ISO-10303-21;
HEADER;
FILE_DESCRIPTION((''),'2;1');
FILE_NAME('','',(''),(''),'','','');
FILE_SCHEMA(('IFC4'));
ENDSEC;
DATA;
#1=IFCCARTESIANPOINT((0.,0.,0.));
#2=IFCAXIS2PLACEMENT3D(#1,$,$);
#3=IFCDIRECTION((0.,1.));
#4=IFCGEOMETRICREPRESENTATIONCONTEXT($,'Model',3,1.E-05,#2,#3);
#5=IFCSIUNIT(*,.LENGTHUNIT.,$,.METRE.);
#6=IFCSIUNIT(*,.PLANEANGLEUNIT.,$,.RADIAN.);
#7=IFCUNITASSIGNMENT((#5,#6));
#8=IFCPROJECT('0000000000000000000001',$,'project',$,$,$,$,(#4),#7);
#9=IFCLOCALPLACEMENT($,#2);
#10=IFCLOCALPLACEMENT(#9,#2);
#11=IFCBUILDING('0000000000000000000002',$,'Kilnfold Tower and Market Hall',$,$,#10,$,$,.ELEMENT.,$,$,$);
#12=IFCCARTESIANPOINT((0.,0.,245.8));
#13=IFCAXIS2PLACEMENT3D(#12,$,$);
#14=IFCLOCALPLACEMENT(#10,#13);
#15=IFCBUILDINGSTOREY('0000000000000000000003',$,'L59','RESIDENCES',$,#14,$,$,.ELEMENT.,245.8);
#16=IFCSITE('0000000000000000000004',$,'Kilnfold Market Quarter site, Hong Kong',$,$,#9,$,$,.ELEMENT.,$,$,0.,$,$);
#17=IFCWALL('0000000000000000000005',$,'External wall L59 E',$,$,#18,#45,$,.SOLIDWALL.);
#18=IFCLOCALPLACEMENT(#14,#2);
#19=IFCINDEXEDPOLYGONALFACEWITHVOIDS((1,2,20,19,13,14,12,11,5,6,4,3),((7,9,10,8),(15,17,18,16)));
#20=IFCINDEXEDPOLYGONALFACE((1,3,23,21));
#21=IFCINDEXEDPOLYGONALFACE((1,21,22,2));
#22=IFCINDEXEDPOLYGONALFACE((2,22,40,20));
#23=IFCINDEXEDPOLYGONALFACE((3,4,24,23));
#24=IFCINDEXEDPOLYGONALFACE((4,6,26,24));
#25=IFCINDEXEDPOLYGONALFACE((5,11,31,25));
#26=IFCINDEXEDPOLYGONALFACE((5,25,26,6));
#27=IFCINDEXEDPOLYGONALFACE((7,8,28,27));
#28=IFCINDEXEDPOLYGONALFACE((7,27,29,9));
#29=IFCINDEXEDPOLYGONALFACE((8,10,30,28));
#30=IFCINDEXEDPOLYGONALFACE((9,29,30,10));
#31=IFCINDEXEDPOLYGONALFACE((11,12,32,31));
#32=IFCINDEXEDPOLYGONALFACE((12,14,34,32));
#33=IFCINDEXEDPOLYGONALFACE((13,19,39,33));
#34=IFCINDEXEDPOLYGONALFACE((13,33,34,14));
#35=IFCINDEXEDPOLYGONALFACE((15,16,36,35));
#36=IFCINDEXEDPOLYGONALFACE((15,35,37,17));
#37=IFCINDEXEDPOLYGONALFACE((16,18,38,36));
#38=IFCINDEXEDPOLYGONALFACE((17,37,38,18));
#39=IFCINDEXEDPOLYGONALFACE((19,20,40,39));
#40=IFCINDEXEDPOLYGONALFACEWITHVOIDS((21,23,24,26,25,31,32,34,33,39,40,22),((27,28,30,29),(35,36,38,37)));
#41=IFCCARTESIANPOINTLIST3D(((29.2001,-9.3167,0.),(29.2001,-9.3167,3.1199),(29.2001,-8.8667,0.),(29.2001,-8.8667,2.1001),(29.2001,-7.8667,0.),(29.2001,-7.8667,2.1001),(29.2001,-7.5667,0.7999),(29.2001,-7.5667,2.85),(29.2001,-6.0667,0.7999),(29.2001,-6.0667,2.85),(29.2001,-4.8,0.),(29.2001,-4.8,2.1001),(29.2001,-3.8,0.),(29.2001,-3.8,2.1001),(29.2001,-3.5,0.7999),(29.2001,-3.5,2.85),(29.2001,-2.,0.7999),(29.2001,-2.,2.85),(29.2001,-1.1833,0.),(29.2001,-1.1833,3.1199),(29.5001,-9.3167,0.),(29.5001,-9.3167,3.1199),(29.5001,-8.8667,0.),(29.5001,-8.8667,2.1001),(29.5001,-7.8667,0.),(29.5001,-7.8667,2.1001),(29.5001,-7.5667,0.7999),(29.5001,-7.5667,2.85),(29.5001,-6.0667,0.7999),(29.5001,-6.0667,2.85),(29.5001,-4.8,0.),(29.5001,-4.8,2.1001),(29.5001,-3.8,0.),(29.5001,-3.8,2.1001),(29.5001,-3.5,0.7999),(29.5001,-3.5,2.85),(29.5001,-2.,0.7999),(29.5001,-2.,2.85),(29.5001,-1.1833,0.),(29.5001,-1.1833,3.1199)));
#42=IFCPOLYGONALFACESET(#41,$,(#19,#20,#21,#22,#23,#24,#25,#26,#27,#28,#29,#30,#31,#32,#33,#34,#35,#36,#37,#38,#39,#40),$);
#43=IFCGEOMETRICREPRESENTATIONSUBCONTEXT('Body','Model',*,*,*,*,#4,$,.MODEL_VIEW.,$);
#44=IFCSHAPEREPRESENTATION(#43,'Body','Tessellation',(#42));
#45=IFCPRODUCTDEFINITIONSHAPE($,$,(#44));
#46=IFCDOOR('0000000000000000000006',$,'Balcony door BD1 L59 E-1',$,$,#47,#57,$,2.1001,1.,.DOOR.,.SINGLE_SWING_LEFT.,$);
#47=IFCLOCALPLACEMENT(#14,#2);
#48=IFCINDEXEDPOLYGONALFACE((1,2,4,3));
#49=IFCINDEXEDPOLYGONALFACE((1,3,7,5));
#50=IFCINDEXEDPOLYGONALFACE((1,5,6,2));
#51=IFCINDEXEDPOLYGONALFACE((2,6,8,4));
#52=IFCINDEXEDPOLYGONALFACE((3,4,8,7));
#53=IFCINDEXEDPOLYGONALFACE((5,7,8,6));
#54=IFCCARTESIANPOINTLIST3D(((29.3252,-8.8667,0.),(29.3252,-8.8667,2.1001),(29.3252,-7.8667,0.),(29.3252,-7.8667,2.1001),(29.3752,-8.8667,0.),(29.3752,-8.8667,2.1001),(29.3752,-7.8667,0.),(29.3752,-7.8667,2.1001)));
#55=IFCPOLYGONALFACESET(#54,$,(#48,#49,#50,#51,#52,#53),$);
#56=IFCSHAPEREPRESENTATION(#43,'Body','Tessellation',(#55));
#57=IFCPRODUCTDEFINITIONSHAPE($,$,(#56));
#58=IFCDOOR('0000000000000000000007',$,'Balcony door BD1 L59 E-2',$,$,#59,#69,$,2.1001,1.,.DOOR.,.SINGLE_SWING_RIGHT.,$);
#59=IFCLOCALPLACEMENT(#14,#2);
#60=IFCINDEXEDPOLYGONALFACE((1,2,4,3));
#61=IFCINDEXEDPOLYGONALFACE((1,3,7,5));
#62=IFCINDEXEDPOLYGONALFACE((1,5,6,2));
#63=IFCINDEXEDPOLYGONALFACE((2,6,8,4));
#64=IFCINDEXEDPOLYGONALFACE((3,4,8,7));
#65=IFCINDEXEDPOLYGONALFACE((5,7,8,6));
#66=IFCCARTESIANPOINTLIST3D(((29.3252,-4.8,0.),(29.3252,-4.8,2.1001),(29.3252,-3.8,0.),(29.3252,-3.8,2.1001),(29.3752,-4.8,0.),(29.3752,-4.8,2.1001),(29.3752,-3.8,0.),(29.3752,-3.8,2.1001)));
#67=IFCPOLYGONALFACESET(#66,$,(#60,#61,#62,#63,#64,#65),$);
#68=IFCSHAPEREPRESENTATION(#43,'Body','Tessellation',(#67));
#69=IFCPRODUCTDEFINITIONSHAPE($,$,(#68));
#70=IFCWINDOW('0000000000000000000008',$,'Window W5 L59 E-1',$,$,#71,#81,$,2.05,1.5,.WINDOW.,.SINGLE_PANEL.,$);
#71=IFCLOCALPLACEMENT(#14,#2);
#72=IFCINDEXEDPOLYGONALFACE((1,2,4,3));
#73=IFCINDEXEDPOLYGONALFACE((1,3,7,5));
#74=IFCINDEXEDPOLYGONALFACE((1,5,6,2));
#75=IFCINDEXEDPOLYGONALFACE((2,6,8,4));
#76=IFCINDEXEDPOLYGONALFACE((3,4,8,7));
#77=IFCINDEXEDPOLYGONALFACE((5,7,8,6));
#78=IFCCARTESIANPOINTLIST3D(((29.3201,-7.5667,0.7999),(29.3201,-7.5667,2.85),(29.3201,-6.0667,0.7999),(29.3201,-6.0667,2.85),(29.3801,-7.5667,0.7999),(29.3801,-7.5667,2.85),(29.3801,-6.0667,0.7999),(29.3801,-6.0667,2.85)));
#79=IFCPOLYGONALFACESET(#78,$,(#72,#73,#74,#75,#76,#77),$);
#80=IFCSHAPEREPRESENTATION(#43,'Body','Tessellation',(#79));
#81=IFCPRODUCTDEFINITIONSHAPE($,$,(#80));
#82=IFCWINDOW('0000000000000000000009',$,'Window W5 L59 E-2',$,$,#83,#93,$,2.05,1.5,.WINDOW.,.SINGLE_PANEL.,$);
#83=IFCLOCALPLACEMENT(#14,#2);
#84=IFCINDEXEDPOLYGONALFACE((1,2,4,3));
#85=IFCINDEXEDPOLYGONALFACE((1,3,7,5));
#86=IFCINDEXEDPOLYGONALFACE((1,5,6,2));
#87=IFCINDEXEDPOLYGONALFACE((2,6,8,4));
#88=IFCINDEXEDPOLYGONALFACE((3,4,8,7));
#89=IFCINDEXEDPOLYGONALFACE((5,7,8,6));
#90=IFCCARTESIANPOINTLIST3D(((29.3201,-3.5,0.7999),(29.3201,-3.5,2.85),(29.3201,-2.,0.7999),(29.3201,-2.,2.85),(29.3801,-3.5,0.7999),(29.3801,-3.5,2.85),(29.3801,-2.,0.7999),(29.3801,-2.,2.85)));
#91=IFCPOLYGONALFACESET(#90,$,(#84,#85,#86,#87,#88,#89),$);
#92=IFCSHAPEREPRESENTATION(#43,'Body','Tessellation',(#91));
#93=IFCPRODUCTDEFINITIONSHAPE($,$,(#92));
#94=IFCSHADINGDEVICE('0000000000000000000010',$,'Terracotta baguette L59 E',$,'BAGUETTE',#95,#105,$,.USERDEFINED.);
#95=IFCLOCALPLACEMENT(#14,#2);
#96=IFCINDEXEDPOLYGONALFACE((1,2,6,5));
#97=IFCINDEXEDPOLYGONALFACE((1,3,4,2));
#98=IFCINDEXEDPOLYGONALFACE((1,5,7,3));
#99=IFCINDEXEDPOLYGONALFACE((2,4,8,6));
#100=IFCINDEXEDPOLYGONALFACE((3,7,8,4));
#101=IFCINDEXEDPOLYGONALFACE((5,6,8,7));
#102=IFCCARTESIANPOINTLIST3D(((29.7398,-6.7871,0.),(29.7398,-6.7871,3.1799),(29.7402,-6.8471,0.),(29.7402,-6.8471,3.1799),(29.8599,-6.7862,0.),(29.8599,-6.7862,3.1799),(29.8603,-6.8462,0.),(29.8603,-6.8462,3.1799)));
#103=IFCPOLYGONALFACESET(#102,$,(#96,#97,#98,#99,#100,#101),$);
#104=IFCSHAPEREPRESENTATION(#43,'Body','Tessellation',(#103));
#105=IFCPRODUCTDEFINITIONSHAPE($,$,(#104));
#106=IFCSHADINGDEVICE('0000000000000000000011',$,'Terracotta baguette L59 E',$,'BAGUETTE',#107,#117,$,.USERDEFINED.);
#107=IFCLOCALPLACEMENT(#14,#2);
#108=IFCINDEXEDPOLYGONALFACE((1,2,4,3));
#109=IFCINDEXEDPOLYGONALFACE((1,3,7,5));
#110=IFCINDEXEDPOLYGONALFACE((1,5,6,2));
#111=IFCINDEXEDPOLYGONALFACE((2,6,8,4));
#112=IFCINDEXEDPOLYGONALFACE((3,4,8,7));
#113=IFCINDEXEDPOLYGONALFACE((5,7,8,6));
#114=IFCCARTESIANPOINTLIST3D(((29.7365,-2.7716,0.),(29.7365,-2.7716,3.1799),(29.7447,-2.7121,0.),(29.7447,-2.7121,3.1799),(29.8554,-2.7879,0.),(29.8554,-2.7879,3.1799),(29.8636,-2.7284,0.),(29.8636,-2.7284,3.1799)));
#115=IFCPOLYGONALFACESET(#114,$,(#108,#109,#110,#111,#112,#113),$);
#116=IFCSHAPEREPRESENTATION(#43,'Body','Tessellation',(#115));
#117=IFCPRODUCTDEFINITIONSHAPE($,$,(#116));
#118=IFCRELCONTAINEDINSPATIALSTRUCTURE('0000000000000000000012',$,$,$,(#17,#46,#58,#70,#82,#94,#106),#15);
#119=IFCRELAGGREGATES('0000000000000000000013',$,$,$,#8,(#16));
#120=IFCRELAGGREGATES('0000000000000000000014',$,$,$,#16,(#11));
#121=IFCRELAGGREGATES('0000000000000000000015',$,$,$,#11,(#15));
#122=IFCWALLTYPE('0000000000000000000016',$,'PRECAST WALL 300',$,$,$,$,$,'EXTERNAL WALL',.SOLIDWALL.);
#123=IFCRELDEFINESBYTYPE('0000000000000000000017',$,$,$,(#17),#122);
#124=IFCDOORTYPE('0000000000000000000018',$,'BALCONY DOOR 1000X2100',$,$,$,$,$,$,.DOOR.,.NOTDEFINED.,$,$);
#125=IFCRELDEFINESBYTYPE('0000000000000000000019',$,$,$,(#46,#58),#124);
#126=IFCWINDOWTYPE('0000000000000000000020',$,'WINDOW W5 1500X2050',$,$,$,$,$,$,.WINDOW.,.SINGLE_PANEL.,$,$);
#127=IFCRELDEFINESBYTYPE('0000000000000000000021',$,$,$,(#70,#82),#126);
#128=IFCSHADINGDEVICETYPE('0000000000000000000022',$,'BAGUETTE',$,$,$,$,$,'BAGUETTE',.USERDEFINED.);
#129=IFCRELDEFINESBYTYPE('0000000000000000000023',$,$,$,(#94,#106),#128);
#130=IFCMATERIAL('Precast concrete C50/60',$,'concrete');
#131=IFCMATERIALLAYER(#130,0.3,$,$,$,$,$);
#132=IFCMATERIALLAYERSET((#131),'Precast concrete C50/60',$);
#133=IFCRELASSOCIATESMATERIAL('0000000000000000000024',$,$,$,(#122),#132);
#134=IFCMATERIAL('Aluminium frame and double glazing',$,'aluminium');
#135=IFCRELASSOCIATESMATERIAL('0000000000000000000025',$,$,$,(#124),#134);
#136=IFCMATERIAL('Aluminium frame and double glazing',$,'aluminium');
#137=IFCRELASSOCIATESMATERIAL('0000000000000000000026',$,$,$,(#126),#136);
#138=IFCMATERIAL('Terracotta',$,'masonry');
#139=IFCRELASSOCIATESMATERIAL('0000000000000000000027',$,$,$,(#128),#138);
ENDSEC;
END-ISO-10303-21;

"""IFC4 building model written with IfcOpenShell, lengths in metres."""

from ifc_helpers import new_model, si_unit, direction, frame, frame_2d, origin, origin_2d, place, context, subcontext, project, spatial, rectangle, extrude, source, transform, mapped, material, layer, layer_set, material_profile, profile_set, type_object, element, fill, save


model = new_model("IFC4")

# Units and contexts
model_context = context("Model", 3, precision=1e-05, world=origin(), true_north=direction((0.0, 1.0)))
body_context = subcontext(model_context, "Body", "Model", "MODEL_VIEW")
ifc_project = project(units=[si_unit("LENGTHUNIT", "METRE"), si_unit("PLANEANGLEUNIT", "RADIAN")], contexts=[model_context])

# Site, building, storey
site_placement = place(None, origin())
site = spatial("IfcSite", under=ifc_project, at=site_placement, Name="Kilnfold Market Quarter site, Hong Kong", CompositionType="ELEMENT", RefElevation=0.0)
building_placement = place(site_placement, origin())
building = spatial("IfcBuilding", under=site, at=building_placement, Name="Kilnfold Tower and Market Hall", CompositionType="ELEMENT")
storey_placement = place(building_placement, frame((0.0, 0.0, 245.8)))
storey = spatial("IfcBuildingStorey", under=building, at=storey_placement, Name="L59", Description="RESIDENCES", CompositionType="ELEMENT", Elevation=245.8)

# Wall, openings, doors, windows
ifc_material_1 = material(Name="Precast concrete C50/60", Category="concrete")
ifc_layer_1 = layer(ifc_material_1, 0.3)
ifc_layer_set_1 = layer_set([ifc_layer_1], Name="Precast concrete C50/60")
wall_type_1 = type_object("IfcWallType", Name="PRECAST WALL 300", ElementType="EXTERNAL WALL", PredefinedType="SOLIDWALL", material=ifc_layer_set_1)
shared_shape_1 = source(origin(), body_context, "Body", "SweptSolid", [
    extrude(rectangle(XDim=8.1333, YDim=0.3, at=frame_2d((4.0667, 0.0))), origin(), (0.0, 0.0, 1.0), 3.1199),
])
wall_1_placement = place(storey_placement, frame((29.3501, -9.3167, 0.0), z_axis=(0.0, 0.0, 1.0), x_axis=(0.0, 1.0, 0.0)))
wall_1 = element("IfcWall", 1, at=wall_1_placement, inside=storey, type_object=wall_type_1, Name="External wall L59 E", PredefinedType="SOLIDWALL", context=body_context, shape_type="MappedRepresentation", body=[
    mapped(shared_shape_1, transform((0.0, 0.0, 0.0))),
])
opening_1_placement = place(wall_1_placement, frame((1.75, 0.0, 0.8)))
opening_1 = element("IfcOpeningElement", 2, at=opening_1_placement, cuts=wall_1, PredefinedType="OPENING", context=body_context, shape_type="SweptSolid", body=[
    extrude(rectangle(XDim=1.5, YDim=2.05, at=frame_2d((0.75, 1.0249))), frame((0.0, 0.1602, 0.0), z_axis=(0.0, -1.0, 0.0), x_axis=(1.0, 0.0, 0.0)), (0.0, 0.0, 1.0), 0.3201),
])
opening_2_placement = place(wall_1_placement, frame((0.45, 0.0, 0.0)))
opening_2 = element("IfcOpeningElement", 3, at=opening_2_placement, cuts=wall_1, PredefinedType="OPENING", context=body_context, shape_type="SweptSolid", body=[
    extrude(rectangle(XDim=1.0, YDim=2.1001, at=frame_2d((0.5, 1.05))), frame((0.0, 0.1602, 0.0), z_axis=(0.0, -1.0, 0.0), x_axis=(1.0, 0.0, 0.0)), (0.0, 0.0, 1.0), 0.3201),
])
opening_3_placement = place(wall_1_placement, frame((5.8167, 0.0, 0.8)))
opening_3 = element("IfcOpeningElement", 4, at=opening_3_placement, cuts=wall_1, PredefinedType="OPENING", context=body_context, shape_type="SweptSolid", body=[
    extrude(rectangle(XDim=1.5, YDim=2.05, at=frame_2d((0.75, 1.0249))), frame((0.0, 0.1602, 0.0), z_axis=(0.0, -1.0, 0.0), x_axis=(1.0, 0.0, 0.0)), (0.0, 0.0, 1.0), 0.3201),
])
opening_4_placement = place(wall_1_placement, frame((4.5166, 0.0, 0.0)))
opening_4 = element("IfcOpeningElement", 5, at=opening_4_placement, cuts=wall_1, PredefinedType="OPENING", context=body_context, shape_type="SweptSolid", body=[
    extrude(rectangle(XDim=1.0, YDim=2.1001, at=frame_2d((0.5, 1.05))), frame((0.0, 0.1602, 0.0), z_axis=(0.0, -1.0, 0.0), x_axis=(1.0, 0.0, 0.0)), (0.0, 0.0, 1.0), 0.3201),
])
ifc_material_2 = material(Name="Aluminium frame and double glazing", Category="aluminium")
door_type_1 = type_object("IfcDoorType", Name="BALCONY DOOR 1000X2100", OperationType="NOTDEFINED", PredefinedType="DOOR", material=ifc_material_2)
door_1_placement = place(opening_2_placement, origin())
door_1 = element("IfcDoor", 6, at=door_1_placement, inside=storey, type_object=door_type_1, Name="Balcony door BD1 L59 E-1", OperationType="SINGLE_SWING_LEFT", OverallHeight=2.1001, OverallWidth=1.0, PredefinedType="DOOR", context=body_context, shape_type="SweptSolid", body=[
    extrude(rectangle(XDim=1.0, YDim=2.1001, at=frame_2d((0.5, 1.05))), frame((0.0, 0.0249, 0.0), z_axis=(0.0, -1.0, 0.0), x_axis=(1.0, 0.0, 0.0)), (0.0, 0.0, 1.0), 0.05),
])
fill(opening_2, door_1)
door_2_placement = place(opening_4_placement, origin())
door_2 = element("IfcDoor", 7, at=door_2_placement, inside=storey, type_object=door_type_1, Name="Balcony door BD1 L59 E-2", OperationType="SINGLE_SWING_RIGHT", OverallHeight=2.1001, OverallWidth=1.0, PredefinedType="DOOR", context=body_context, shape_type="SweptSolid", body=[
    extrude(rectangle(XDim=1.0, YDim=2.1001, at=frame_2d((0.5, 1.05))), frame((0.0, 0.0249, 0.0), z_axis=(0.0, -1.0, 0.0), x_axis=(1.0, 0.0, 0.0)), (0.0, 0.0, 1.0), 0.05),
])
fill(opening_4, door_2)
ifc_material_3 = material(Name="Aluminium frame and double glazing", Category="aluminium")
window_type = type_object("IfcWindowType", Name="WINDOW W5 1500X2050", PartitioningType="SINGLE_PANEL", PredefinedType="WINDOW", material=ifc_material_3)
window_1_placement = place(opening_1_placement, origin())
window_1 = element("IfcWindow", 8, at=window_1_placement, inside=storey, type_object=window_type, Name="Window W5 L59 E-1", OverallHeight=2.05, OverallWidth=1.5, PartitioningType="SINGLE_PANEL", PredefinedType="WINDOW", context=body_context, shape_type="SweptSolid", body=[
    extrude(rectangle(XDim=1.5, YDim=2.05, at=frame_2d((0.75, 1.0249))), frame((0.0, 0.03, 0.0), z_axis=(0.0, -1.0, 0.0), x_axis=(1.0, 0.0, 0.0)), (0.0, 0.0, 1.0), 0.0601),
])
fill(opening_1, window_1)
window_2_placement = place(opening_3_placement, origin())
window_2 = element("IfcWindow", 9, at=window_2_placement, inside=storey, type_object=window_type, Name="Window W5 L59 E-2", OverallHeight=2.05, OverallWidth=1.5, PartitioningType="SINGLE_PANEL", PredefinedType="WINDOW", context=body_context, shape_type="SweptSolid", body=[
    extrude(rectangle(XDim=1.5, YDim=2.05, at=frame_2d((0.75, 1.0249))), frame((0.0, 0.03, 0.0), z_axis=(0.0, -1.0, 0.0), x_axis=(1.0, 0.0, 0.0)), (0.0, 0.0, 1.0), 0.0601),
])
fill(opening_3, window_2)

# Shading devices
ifc_material_4 = material(Name="Terracotta", Category="masonry")
ifc_material_profile_1 = material_profile(ifc_material_4, rectangle(XDim=0.0601, YDim=0.1201, at=origin_2d()), Name="BAG 60x120")
ifc_profile_set_1 = profile_set([ifc_material_profile_1], Name="Terracotta")
shading_device_type = type_object("IfcShadingDeviceType", Name="BAGUETTE", ElementType="BAGUETTE", PredefinedType="USERDEFINED", material=ifc_profile_set_1)
shared_shape_2 = source(origin(), body_context, "Body", "SweptSolid", [
    extrude(rectangle(XDim=0.0601, YDim=0.1201, at=origin_2d()), origin(), (0.0, 0.0, 1.0), 3.1799),
])
for number, where, z_axis, x_axis, name in (
    (10, (29.8, -6.8167, 0.0), (0.0, 0.0, 1.0), (-0.007826, 0.999969, 0.0), "Terracotta baguette L59 E"),
    (11, (29.8, -2.75, 0.0), (0.0, 0.0, 1.0), (0.136464, 0.990645, 0.0), "Terracotta baguette L59 E"),
):
    element("IfcShadingDevice", number, at=place(storey_placement, frame(where, z_axis=z_axis, x_axis=x_axis)), inside=storey, type_object=shading_device_type, Name=name, ObjectType="BAGUETTE", PredefinedType="USERDEFINED", context=body_context, shape_type="MappedRepresentation", body=[
        mapped(shared_shape_2, transform((0.0, 0.0, 0.0))),
    ])

save(model, "model.ifc")
